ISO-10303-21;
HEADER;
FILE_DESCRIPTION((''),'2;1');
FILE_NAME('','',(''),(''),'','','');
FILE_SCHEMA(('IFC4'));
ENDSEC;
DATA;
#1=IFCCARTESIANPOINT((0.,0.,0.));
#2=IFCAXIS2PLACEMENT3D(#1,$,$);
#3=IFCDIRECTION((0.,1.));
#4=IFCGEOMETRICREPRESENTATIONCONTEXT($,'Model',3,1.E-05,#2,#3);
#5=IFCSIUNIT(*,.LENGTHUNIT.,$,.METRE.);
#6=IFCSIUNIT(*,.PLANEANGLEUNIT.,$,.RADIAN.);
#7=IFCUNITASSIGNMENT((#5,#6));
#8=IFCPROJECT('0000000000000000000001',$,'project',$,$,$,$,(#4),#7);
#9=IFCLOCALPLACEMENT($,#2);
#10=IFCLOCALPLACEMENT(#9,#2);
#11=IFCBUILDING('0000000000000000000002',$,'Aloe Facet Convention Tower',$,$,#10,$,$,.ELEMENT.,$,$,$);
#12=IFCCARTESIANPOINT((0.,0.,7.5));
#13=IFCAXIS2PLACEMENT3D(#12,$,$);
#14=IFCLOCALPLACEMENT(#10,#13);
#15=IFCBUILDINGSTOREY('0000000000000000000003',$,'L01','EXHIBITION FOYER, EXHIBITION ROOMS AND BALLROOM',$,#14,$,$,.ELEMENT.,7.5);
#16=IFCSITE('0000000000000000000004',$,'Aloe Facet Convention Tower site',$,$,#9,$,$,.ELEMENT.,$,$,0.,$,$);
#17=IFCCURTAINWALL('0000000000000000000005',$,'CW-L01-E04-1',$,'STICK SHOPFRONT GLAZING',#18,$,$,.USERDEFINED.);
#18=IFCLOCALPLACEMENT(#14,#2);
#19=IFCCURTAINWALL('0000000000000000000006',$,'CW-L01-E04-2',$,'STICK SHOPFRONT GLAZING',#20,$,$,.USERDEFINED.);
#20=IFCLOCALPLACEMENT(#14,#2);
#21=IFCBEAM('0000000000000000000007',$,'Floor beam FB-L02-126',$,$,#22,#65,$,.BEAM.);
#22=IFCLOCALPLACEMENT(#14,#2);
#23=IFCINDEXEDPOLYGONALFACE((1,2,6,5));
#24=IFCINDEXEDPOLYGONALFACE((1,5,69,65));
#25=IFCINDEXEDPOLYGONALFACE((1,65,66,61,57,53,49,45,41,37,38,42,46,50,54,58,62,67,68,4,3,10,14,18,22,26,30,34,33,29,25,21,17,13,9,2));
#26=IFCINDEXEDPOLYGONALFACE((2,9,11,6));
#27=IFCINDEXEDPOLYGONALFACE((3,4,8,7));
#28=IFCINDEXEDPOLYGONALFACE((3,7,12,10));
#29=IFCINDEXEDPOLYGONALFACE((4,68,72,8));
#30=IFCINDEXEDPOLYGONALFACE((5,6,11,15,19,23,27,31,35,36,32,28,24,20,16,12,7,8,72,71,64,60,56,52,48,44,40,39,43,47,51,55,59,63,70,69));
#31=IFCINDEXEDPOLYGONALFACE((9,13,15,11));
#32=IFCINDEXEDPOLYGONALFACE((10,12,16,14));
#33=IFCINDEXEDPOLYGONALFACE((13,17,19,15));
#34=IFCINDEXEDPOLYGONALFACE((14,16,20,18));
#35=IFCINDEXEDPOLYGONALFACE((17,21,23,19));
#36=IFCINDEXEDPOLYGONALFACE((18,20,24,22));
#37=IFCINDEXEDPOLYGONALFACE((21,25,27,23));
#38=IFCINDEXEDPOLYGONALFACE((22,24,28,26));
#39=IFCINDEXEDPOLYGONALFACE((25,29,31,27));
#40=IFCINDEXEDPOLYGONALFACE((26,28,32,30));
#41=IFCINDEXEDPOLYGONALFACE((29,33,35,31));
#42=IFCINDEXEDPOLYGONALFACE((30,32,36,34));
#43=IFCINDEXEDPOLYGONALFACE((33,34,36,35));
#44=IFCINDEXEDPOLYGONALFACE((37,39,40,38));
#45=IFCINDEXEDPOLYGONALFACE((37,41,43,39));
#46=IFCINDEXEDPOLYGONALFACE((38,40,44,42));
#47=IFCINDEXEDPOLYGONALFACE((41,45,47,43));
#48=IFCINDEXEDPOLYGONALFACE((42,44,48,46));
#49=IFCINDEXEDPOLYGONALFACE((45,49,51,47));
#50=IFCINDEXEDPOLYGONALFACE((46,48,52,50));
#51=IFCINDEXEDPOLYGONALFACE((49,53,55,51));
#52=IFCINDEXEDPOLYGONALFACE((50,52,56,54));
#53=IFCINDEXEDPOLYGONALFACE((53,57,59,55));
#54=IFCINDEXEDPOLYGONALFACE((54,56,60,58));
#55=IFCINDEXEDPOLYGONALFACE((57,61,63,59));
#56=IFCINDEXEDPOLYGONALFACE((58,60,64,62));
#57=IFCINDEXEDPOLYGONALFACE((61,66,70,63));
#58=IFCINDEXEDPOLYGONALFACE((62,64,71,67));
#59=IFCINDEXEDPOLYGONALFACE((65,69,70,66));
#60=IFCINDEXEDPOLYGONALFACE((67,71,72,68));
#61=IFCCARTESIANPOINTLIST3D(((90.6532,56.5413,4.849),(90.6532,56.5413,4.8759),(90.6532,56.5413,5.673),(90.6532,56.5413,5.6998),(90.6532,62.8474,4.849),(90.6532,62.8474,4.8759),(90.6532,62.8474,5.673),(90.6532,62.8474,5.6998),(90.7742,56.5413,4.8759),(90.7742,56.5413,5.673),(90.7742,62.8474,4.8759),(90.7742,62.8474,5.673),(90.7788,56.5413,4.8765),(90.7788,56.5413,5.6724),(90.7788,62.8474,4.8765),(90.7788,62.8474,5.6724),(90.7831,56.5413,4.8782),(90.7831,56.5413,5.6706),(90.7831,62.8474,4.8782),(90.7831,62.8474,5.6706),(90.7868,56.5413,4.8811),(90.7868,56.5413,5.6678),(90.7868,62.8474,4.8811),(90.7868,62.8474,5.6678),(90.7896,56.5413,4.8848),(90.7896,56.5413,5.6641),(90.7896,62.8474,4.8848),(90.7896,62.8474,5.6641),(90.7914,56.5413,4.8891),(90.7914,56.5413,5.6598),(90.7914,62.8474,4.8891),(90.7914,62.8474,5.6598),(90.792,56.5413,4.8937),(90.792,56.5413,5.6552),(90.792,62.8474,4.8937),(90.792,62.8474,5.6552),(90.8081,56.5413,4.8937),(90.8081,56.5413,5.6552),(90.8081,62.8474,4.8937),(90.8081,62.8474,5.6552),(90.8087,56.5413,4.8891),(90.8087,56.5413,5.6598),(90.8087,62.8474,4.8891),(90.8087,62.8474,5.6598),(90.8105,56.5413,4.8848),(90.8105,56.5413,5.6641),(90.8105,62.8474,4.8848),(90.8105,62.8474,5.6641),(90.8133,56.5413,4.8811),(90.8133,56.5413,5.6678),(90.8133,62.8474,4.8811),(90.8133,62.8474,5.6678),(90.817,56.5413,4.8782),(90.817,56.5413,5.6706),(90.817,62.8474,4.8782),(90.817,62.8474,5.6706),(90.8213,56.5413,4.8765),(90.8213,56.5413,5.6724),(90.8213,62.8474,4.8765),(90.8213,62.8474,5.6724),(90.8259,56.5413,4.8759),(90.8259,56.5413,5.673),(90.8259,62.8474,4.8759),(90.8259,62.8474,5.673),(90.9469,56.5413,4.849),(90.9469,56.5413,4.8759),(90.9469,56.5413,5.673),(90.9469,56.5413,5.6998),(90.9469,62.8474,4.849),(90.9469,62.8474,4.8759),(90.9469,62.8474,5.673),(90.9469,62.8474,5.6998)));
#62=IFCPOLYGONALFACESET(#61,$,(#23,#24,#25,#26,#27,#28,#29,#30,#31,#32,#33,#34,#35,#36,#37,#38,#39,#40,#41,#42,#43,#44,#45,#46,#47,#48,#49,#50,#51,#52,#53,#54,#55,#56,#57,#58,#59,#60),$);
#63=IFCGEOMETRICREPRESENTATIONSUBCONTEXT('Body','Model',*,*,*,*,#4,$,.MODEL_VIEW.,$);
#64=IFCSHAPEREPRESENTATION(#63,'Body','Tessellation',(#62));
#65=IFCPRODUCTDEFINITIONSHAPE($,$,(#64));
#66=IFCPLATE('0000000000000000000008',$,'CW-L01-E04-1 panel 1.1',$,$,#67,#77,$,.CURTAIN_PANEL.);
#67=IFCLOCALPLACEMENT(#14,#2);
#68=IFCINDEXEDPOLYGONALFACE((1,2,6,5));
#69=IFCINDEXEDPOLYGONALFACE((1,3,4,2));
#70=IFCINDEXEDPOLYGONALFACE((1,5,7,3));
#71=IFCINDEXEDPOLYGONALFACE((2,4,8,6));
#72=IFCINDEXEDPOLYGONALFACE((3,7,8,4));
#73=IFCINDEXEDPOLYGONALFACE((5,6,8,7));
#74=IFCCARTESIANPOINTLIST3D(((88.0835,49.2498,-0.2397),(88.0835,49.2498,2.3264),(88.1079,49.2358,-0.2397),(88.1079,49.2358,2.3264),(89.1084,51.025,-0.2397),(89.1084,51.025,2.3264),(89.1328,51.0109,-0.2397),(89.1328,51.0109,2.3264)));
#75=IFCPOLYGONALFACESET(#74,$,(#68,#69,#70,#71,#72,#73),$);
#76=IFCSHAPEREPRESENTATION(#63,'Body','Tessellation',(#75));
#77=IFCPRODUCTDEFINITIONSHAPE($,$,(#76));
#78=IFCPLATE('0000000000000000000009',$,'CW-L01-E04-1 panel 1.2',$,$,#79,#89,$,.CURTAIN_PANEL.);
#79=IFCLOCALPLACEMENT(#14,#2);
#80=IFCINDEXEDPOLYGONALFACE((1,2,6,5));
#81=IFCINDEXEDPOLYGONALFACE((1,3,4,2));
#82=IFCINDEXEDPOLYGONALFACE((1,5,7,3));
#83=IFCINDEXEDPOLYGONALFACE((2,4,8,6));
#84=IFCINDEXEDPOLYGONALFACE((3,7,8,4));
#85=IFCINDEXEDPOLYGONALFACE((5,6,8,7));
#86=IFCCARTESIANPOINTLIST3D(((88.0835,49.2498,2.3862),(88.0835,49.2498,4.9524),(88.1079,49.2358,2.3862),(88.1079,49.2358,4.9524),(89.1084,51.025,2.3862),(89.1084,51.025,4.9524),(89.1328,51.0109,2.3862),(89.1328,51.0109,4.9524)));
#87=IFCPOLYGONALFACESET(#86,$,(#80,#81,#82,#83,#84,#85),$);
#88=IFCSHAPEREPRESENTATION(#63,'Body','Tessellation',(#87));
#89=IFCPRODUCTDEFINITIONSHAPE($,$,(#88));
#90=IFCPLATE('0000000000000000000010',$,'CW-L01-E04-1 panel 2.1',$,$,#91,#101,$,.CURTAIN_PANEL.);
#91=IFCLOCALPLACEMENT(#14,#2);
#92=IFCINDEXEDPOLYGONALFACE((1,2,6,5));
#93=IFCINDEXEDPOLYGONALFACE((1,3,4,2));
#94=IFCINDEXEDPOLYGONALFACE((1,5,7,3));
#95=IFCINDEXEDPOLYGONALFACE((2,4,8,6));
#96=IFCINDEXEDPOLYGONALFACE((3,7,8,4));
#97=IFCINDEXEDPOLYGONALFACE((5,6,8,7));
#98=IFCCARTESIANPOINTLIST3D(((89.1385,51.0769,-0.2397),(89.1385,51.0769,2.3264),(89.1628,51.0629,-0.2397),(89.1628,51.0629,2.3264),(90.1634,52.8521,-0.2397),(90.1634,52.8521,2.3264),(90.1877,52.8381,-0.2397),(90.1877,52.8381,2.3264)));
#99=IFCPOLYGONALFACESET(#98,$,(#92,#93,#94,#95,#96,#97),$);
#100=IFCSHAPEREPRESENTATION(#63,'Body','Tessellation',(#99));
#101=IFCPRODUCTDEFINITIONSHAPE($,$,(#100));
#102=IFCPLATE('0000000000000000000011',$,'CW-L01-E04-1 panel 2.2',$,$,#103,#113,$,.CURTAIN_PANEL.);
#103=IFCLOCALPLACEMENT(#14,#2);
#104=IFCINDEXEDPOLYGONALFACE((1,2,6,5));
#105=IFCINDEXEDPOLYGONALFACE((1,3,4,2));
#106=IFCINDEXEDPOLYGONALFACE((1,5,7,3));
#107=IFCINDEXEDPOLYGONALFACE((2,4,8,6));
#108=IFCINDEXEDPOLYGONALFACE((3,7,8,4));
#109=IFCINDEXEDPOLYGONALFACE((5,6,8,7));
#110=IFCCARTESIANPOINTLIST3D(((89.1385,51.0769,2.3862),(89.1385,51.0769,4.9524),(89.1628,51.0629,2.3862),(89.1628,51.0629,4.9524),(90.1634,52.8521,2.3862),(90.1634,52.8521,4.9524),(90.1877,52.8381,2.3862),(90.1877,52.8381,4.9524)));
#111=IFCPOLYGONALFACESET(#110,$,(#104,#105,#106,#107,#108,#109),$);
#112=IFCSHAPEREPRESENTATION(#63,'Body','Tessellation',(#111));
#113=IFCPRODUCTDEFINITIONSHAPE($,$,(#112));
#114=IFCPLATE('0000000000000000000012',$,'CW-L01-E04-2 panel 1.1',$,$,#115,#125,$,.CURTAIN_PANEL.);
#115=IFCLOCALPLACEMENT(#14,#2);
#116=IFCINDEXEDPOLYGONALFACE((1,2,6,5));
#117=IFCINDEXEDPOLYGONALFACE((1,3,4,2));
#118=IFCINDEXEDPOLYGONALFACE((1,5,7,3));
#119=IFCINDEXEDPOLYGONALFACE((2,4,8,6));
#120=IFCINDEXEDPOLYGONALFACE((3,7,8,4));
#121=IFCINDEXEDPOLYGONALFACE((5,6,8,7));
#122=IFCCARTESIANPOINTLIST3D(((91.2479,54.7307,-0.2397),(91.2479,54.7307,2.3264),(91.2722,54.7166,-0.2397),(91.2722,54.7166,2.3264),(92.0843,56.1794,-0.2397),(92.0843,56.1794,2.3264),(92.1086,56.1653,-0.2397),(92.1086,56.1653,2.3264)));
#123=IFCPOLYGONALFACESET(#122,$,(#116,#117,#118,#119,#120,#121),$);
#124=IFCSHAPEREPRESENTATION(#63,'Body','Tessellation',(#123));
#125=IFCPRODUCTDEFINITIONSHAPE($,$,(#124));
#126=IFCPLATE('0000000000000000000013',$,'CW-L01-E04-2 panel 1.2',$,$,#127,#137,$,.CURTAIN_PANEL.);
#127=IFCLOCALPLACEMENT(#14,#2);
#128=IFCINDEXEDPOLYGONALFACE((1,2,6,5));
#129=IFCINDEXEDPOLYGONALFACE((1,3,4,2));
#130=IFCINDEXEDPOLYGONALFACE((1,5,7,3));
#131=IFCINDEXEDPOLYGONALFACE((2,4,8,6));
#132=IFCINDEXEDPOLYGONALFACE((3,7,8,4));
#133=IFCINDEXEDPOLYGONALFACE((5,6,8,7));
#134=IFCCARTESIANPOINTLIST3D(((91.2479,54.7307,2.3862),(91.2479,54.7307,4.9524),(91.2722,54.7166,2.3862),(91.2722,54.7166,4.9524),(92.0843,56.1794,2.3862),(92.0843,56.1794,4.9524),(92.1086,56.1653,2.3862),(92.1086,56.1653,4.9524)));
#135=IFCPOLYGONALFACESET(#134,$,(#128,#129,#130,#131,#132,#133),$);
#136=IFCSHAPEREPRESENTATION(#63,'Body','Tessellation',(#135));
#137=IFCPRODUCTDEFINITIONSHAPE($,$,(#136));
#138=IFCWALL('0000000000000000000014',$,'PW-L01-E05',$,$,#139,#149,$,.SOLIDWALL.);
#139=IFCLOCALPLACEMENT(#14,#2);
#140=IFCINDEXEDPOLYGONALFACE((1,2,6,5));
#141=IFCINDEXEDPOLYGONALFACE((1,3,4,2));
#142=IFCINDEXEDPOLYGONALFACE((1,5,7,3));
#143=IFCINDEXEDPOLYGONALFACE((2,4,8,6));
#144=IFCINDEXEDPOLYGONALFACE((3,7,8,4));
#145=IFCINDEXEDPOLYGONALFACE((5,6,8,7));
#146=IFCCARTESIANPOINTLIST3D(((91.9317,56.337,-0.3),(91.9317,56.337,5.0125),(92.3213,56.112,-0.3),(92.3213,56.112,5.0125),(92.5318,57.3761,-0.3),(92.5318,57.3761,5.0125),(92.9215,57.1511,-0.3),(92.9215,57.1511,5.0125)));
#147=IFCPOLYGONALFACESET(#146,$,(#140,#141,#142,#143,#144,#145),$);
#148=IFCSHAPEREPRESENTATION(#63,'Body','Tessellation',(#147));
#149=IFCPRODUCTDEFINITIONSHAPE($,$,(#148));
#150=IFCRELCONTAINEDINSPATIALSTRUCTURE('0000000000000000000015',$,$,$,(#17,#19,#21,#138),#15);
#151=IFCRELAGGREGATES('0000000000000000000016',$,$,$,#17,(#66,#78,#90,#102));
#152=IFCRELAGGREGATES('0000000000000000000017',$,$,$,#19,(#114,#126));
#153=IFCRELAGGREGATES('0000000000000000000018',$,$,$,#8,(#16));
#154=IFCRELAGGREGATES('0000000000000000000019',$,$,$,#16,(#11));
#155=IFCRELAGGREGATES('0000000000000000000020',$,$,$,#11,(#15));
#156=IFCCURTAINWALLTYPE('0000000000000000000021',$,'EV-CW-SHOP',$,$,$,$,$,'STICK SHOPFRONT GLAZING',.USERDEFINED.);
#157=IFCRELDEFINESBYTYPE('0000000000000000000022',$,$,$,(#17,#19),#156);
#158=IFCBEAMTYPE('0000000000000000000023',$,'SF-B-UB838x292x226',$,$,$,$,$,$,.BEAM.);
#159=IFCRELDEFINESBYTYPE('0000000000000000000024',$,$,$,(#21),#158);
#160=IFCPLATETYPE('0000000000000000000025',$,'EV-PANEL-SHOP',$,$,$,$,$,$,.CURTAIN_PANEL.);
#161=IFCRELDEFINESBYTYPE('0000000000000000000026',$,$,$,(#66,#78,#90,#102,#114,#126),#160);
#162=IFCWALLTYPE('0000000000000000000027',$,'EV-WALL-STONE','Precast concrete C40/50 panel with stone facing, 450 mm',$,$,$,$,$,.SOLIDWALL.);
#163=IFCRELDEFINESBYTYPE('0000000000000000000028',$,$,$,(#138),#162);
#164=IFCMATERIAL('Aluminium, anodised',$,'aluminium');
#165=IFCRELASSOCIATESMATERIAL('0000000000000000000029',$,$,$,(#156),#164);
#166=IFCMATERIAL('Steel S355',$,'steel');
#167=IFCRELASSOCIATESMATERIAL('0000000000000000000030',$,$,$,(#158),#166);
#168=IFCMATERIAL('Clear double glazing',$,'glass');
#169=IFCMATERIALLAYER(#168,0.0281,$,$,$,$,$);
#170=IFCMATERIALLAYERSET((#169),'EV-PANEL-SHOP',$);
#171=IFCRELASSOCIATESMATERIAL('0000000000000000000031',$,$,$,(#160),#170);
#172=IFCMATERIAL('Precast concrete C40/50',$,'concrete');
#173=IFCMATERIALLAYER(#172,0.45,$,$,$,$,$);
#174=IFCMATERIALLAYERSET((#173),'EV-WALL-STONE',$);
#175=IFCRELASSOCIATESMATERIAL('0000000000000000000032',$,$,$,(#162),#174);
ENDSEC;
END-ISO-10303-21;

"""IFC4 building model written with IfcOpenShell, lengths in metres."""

from ifc_helpers import new_model, si_unit, direction, frame, frame_2d, origin, origin_2d, place, context, subcontext, project, spatial, rectangle, i_section, extrude, material, layer, layer_set, material_profile, profile_set, type_object, element, aggregate, save


model = new_model("IFC4")

# Units and contexts
model_context = context("Model", 3, precision=1e-05, world=origin(), true_north=direction((0.0, 1.0)))
body_context = subcontext(model_context, "Body", "Model", "MODEL_VIEW")
ifc_project = project(units=[si_unit("LENGTHUNIT", "METRE"), si_unit("PLANEANGLEUNIT", "RADIAN")], contexts=[model_context])

# Site, building, storey
site_placement = place(None, origin())
site = spatial("IfcSite", under=ifc_project, at=site_placement, Name="Aloe Facet Convention Tower site", CompositionType="ELEMENT", RefElevation=0.0)
building_placement = place(site_placement, origin())
building = spatial("IfcBuilding", under=site, at=building_placement, Name="Aloe Facet Convention Tower", CompositionType="ELEMENT")
storey_placement = place(building_placement, frame((0.0, 0.0, 7.5)))
storey = spatial("IfcBuildingStorey", under=building, at=storey_placement, Name="L01", Description="EXHIBITION FOYER, EXHIBITION ROOMS AND BALLROOM", CompositionType="ELEMENT", Elevation=7.5)

# Curtain walls
ifc_material_1 = material(Name="Aluminium, anodised", Category="aluminium")
curtain_wall_type = type_object("IfcCurtainWallType", Name="EV-CW-SHOP", ElementType="STICK SHOPFRONT GLAZING", PredefinedType="USERDEFINED", material=ifc_material_1)
curtain_wall_1_placement = place(storey_placement, origin())
curtain_wall_1 = element("IfcCurtainWall", 1, at=curtain_wall_1_placement, inside=storey, type_object=curtain_wall_type, Name="CW-L01-E04-1", ObjectType="STICK SHOPFRONT GLAZING", PredefinedType="USERDEFINED")
curtain_wall_2_placement = place(storey_placement, origin())
curtain_wall_2 = element("IfcCurtainWall", 2, at=curtain_wall_2_placement, inside=storey, type_object=curtain_wall_type, Name="CW-L01-E04-2", ObjectType="STICK SHOPFRONT GLAZING", PredefinedType="USERDEFINED")

# Beam
ifc_material_2 = material(Name="Steel S355", Category="steel")
ifc_material_profile_1 = material_profile(ifc_material_2, i_section(OverallWidth=0.2937, OverallDepth=0.8508, WebThickness=0.0161, FlangeThickness=0.0269, FilletRadius=0.0178, at=origin_2d()), Name="UB 838x292x226")
ifc_profile_set_1 = profile_set([ifc_material_profile_1], Name="Steel S355")
beam_type_1 = type_object("IfcBeamType", Name="SF-B-UB838x292x226", PredefinedType="BEAM", material=ifc_profile_set_1)
beam_1_placement = place(storey_placement, frame((90.8, 56.5413, 5.2744), z_axis=(0.0, 1.0, 0.0), x_axis=(-1.0, 0.0, 0.0)))
element("IfcBeam", 3, at=beam_1_placement, inside=storey, type_object=beam_type_1, Name="Floor beam FB-L02-126", PredefinedType="BEAM", context=body_context, shape_type="SweptSolid", body=[
    extrude(i_section(OverallWidth=0.2937, OverallDepth=0.8508, WebThickness=0.0161, FlangeThickness=0.0269, FilletRadius=0.0178, at=origin_2d()), origin(), (0.0, 0.0, 1.0), 6.3062),
])

# Plates
ifc_material_3 = material(Name="Clear double glazing", Category="glass")
ifc_layer_1 = layer(ifc_material_3, 0.0281)
ifc_layer_set_1 = layer_set([ifc_layer_1], Name="EV-PANEL-SHOP")
plate_type = type_object("IfcPlateType", Name="EV-PANEL-SHOP", PredefinedType="CURTAIN_PANEL", material=ifc_layer_set_1)
plate_1_placement = place(storey_placement, frame((88.6082, 50.1304, -0.2397), z_axis=(0.0, 0.0, 1.0), x_axis=(0.5, 0.866025, 0.0)))
plate_1 = element("IfcPlate", 4, at=plate_1_placement, type_object=plate_type, Name="CW-L01-E04-1 panel 1.1", PredefinedType="CURTAIN_PANEL", context=body_context, shape_type="SweptSolid", body=[
    extrude(rectangle(XDim=2.0498, YDim=0.0281, at=origin_2d()), origin(), (0.0, 0.0, 1.0), 2.5662),
])
plate_2_placement = place(storey_placement, frame((88.6082, 50.1304, 2.3862), z_axis=(0.0, 0.0, 1.0), x_axis=(0.5, 0.866025, 0.0)))
plate_2 = element("IfcPlate", 5, at=plate_2_placement, type_object=plate_type, Name="CW-L01-E04-1 panel 1.2", PredefinedType="CURTAIN_PANEL", context=body_context, shape_type="SweptSolid", body=[
    extrude(rectangle(XDim=2.0498, YDim=0.0281, at=origin_2d()), origin(), (0.0, 0.0, 1.0), 2.5662),
])
plate_3_placement = place(storey_placement, frame((89.6631, 51.9575, -0.2397), z_axis=(0.0, 0.0, 1.0), x_axis=(0.5, 0.866025, 0.0)))
plate_3 = element("IfcPlate", 6, at=plate_3_placement, type_object=plate_type, Name="CW-L01-E04-1 panel 2.1", PredefinedType="CURTAIN_PANEL", context=body_context, shape_type="SweptSolid", body=[
    extrude(rectangle(XDim=2.0498, YDim=0.0281, at=origin_2d()), origin(), (0.0, 0.0, 1.0), 2.5662),
])
plate_4_placement = place(storey_placement, frame((89.6631, 51.9575, 2.3862), z_axis=(0.0, 0.0, 1.0), x_axis=(0.5, 0.866025, 0.0)))
plate_4 = element("IfcPlate", 7, at=plate_4_placement, type_object=plate_type, Name="CW-L01-E04-1 panel 2.2", PredefinedType="CURTAIN_PANEL", context=body_context, shape_type="SweptSolid", body=[
    extrude(rectangle(XDim=2.0498, YDim=0.0281, at=origin_2d()), origin(), (0.0, 0.0, 1.0), 2.5662),
])
aggregate(curtain_wall_1, [plate_1, plate_2, plate_3, plate_4])
plate_5_placement = place(storey_placement, frame((91.6782, 55.448, -0.2397), z_axis=(0.0, 0.0, 1.0), x_axis=(0.5, 0.866025, 0.0)))
plate_5 = element("IfcPlate", 8, at=plate_5_placement, type_object=plate_type, Name="CW-L01-E04-2 panel 1.1", PredefinedType="CURTAIN_PANEL", context=body_context, shape_type="SweptSolid", body=[
    extrude(rectangle(XDim=1.6729, YDim=0.0281, at=origin_2d()), origin(), (0.0, 0.0, 1.0), 2.5662),
])
plate_6_placement = place(storey_placement, frame((91.6782, 55.448, 2.3862), z_axis=(0.0, 0.0, 1.0), x_axis=(0.5, 0.866025, 0.0)))
plate_6 = element("IfcPlate", 9, at=plate_6_placement, type_object=plate_type, Name="CW-L01-E04-2 panel 1.2", PredefinedType="CURTAIN_PANEL", context=body_context, shape_type="SweptSolid", body=[
    extrude(rectangle(XDim=1.6729, YDim=0.0281, at=origin_2d()), origin(), (0.0, 0.0, 1.0), 2.5662),
])
aggregate(curtain_wall_2, [plate_5, plate_6])

# Wall
ifc_material_4 = material(Name="Precast concrete C40/50", Category="concrete")
ifc_layer_2 = layer(ifc_material_4, 0.45)
ifc_layer_set_2 = layer_set([ifc_layer_2], Name="EV-WALL-STONE")
wall_type = type_object("IfcWallType", Name="EV-WALL-STONE", Description="Precast concrete C40/50 panel with stone facing, 450 mm", PredefinedType="SOLIDWALL", material=ifc_layer_set_2)
wall_placement = place(storey_placement, frame((92.1265, 56.2244, -0.3), z_axis=(0.0, 0.0, 1.0), x_axis=(0.500122, 0.865955, 0.0)))
element("IfcWall", 10, at=wall_placement, inside=storey, type_object=wall_type, Name="PW-L01-E05", PredefinedType="SOLIDWALL", context=body_context, shape_type="SweptSolid", body=[
    extrude(rectangle(XDim=1.2, YDim=0.45, at=frame_2d((0.6001, 0.0))), origin(), (0.0, 0.0, 1.0), 5.3125),
])

save(model, "model.ifc")
